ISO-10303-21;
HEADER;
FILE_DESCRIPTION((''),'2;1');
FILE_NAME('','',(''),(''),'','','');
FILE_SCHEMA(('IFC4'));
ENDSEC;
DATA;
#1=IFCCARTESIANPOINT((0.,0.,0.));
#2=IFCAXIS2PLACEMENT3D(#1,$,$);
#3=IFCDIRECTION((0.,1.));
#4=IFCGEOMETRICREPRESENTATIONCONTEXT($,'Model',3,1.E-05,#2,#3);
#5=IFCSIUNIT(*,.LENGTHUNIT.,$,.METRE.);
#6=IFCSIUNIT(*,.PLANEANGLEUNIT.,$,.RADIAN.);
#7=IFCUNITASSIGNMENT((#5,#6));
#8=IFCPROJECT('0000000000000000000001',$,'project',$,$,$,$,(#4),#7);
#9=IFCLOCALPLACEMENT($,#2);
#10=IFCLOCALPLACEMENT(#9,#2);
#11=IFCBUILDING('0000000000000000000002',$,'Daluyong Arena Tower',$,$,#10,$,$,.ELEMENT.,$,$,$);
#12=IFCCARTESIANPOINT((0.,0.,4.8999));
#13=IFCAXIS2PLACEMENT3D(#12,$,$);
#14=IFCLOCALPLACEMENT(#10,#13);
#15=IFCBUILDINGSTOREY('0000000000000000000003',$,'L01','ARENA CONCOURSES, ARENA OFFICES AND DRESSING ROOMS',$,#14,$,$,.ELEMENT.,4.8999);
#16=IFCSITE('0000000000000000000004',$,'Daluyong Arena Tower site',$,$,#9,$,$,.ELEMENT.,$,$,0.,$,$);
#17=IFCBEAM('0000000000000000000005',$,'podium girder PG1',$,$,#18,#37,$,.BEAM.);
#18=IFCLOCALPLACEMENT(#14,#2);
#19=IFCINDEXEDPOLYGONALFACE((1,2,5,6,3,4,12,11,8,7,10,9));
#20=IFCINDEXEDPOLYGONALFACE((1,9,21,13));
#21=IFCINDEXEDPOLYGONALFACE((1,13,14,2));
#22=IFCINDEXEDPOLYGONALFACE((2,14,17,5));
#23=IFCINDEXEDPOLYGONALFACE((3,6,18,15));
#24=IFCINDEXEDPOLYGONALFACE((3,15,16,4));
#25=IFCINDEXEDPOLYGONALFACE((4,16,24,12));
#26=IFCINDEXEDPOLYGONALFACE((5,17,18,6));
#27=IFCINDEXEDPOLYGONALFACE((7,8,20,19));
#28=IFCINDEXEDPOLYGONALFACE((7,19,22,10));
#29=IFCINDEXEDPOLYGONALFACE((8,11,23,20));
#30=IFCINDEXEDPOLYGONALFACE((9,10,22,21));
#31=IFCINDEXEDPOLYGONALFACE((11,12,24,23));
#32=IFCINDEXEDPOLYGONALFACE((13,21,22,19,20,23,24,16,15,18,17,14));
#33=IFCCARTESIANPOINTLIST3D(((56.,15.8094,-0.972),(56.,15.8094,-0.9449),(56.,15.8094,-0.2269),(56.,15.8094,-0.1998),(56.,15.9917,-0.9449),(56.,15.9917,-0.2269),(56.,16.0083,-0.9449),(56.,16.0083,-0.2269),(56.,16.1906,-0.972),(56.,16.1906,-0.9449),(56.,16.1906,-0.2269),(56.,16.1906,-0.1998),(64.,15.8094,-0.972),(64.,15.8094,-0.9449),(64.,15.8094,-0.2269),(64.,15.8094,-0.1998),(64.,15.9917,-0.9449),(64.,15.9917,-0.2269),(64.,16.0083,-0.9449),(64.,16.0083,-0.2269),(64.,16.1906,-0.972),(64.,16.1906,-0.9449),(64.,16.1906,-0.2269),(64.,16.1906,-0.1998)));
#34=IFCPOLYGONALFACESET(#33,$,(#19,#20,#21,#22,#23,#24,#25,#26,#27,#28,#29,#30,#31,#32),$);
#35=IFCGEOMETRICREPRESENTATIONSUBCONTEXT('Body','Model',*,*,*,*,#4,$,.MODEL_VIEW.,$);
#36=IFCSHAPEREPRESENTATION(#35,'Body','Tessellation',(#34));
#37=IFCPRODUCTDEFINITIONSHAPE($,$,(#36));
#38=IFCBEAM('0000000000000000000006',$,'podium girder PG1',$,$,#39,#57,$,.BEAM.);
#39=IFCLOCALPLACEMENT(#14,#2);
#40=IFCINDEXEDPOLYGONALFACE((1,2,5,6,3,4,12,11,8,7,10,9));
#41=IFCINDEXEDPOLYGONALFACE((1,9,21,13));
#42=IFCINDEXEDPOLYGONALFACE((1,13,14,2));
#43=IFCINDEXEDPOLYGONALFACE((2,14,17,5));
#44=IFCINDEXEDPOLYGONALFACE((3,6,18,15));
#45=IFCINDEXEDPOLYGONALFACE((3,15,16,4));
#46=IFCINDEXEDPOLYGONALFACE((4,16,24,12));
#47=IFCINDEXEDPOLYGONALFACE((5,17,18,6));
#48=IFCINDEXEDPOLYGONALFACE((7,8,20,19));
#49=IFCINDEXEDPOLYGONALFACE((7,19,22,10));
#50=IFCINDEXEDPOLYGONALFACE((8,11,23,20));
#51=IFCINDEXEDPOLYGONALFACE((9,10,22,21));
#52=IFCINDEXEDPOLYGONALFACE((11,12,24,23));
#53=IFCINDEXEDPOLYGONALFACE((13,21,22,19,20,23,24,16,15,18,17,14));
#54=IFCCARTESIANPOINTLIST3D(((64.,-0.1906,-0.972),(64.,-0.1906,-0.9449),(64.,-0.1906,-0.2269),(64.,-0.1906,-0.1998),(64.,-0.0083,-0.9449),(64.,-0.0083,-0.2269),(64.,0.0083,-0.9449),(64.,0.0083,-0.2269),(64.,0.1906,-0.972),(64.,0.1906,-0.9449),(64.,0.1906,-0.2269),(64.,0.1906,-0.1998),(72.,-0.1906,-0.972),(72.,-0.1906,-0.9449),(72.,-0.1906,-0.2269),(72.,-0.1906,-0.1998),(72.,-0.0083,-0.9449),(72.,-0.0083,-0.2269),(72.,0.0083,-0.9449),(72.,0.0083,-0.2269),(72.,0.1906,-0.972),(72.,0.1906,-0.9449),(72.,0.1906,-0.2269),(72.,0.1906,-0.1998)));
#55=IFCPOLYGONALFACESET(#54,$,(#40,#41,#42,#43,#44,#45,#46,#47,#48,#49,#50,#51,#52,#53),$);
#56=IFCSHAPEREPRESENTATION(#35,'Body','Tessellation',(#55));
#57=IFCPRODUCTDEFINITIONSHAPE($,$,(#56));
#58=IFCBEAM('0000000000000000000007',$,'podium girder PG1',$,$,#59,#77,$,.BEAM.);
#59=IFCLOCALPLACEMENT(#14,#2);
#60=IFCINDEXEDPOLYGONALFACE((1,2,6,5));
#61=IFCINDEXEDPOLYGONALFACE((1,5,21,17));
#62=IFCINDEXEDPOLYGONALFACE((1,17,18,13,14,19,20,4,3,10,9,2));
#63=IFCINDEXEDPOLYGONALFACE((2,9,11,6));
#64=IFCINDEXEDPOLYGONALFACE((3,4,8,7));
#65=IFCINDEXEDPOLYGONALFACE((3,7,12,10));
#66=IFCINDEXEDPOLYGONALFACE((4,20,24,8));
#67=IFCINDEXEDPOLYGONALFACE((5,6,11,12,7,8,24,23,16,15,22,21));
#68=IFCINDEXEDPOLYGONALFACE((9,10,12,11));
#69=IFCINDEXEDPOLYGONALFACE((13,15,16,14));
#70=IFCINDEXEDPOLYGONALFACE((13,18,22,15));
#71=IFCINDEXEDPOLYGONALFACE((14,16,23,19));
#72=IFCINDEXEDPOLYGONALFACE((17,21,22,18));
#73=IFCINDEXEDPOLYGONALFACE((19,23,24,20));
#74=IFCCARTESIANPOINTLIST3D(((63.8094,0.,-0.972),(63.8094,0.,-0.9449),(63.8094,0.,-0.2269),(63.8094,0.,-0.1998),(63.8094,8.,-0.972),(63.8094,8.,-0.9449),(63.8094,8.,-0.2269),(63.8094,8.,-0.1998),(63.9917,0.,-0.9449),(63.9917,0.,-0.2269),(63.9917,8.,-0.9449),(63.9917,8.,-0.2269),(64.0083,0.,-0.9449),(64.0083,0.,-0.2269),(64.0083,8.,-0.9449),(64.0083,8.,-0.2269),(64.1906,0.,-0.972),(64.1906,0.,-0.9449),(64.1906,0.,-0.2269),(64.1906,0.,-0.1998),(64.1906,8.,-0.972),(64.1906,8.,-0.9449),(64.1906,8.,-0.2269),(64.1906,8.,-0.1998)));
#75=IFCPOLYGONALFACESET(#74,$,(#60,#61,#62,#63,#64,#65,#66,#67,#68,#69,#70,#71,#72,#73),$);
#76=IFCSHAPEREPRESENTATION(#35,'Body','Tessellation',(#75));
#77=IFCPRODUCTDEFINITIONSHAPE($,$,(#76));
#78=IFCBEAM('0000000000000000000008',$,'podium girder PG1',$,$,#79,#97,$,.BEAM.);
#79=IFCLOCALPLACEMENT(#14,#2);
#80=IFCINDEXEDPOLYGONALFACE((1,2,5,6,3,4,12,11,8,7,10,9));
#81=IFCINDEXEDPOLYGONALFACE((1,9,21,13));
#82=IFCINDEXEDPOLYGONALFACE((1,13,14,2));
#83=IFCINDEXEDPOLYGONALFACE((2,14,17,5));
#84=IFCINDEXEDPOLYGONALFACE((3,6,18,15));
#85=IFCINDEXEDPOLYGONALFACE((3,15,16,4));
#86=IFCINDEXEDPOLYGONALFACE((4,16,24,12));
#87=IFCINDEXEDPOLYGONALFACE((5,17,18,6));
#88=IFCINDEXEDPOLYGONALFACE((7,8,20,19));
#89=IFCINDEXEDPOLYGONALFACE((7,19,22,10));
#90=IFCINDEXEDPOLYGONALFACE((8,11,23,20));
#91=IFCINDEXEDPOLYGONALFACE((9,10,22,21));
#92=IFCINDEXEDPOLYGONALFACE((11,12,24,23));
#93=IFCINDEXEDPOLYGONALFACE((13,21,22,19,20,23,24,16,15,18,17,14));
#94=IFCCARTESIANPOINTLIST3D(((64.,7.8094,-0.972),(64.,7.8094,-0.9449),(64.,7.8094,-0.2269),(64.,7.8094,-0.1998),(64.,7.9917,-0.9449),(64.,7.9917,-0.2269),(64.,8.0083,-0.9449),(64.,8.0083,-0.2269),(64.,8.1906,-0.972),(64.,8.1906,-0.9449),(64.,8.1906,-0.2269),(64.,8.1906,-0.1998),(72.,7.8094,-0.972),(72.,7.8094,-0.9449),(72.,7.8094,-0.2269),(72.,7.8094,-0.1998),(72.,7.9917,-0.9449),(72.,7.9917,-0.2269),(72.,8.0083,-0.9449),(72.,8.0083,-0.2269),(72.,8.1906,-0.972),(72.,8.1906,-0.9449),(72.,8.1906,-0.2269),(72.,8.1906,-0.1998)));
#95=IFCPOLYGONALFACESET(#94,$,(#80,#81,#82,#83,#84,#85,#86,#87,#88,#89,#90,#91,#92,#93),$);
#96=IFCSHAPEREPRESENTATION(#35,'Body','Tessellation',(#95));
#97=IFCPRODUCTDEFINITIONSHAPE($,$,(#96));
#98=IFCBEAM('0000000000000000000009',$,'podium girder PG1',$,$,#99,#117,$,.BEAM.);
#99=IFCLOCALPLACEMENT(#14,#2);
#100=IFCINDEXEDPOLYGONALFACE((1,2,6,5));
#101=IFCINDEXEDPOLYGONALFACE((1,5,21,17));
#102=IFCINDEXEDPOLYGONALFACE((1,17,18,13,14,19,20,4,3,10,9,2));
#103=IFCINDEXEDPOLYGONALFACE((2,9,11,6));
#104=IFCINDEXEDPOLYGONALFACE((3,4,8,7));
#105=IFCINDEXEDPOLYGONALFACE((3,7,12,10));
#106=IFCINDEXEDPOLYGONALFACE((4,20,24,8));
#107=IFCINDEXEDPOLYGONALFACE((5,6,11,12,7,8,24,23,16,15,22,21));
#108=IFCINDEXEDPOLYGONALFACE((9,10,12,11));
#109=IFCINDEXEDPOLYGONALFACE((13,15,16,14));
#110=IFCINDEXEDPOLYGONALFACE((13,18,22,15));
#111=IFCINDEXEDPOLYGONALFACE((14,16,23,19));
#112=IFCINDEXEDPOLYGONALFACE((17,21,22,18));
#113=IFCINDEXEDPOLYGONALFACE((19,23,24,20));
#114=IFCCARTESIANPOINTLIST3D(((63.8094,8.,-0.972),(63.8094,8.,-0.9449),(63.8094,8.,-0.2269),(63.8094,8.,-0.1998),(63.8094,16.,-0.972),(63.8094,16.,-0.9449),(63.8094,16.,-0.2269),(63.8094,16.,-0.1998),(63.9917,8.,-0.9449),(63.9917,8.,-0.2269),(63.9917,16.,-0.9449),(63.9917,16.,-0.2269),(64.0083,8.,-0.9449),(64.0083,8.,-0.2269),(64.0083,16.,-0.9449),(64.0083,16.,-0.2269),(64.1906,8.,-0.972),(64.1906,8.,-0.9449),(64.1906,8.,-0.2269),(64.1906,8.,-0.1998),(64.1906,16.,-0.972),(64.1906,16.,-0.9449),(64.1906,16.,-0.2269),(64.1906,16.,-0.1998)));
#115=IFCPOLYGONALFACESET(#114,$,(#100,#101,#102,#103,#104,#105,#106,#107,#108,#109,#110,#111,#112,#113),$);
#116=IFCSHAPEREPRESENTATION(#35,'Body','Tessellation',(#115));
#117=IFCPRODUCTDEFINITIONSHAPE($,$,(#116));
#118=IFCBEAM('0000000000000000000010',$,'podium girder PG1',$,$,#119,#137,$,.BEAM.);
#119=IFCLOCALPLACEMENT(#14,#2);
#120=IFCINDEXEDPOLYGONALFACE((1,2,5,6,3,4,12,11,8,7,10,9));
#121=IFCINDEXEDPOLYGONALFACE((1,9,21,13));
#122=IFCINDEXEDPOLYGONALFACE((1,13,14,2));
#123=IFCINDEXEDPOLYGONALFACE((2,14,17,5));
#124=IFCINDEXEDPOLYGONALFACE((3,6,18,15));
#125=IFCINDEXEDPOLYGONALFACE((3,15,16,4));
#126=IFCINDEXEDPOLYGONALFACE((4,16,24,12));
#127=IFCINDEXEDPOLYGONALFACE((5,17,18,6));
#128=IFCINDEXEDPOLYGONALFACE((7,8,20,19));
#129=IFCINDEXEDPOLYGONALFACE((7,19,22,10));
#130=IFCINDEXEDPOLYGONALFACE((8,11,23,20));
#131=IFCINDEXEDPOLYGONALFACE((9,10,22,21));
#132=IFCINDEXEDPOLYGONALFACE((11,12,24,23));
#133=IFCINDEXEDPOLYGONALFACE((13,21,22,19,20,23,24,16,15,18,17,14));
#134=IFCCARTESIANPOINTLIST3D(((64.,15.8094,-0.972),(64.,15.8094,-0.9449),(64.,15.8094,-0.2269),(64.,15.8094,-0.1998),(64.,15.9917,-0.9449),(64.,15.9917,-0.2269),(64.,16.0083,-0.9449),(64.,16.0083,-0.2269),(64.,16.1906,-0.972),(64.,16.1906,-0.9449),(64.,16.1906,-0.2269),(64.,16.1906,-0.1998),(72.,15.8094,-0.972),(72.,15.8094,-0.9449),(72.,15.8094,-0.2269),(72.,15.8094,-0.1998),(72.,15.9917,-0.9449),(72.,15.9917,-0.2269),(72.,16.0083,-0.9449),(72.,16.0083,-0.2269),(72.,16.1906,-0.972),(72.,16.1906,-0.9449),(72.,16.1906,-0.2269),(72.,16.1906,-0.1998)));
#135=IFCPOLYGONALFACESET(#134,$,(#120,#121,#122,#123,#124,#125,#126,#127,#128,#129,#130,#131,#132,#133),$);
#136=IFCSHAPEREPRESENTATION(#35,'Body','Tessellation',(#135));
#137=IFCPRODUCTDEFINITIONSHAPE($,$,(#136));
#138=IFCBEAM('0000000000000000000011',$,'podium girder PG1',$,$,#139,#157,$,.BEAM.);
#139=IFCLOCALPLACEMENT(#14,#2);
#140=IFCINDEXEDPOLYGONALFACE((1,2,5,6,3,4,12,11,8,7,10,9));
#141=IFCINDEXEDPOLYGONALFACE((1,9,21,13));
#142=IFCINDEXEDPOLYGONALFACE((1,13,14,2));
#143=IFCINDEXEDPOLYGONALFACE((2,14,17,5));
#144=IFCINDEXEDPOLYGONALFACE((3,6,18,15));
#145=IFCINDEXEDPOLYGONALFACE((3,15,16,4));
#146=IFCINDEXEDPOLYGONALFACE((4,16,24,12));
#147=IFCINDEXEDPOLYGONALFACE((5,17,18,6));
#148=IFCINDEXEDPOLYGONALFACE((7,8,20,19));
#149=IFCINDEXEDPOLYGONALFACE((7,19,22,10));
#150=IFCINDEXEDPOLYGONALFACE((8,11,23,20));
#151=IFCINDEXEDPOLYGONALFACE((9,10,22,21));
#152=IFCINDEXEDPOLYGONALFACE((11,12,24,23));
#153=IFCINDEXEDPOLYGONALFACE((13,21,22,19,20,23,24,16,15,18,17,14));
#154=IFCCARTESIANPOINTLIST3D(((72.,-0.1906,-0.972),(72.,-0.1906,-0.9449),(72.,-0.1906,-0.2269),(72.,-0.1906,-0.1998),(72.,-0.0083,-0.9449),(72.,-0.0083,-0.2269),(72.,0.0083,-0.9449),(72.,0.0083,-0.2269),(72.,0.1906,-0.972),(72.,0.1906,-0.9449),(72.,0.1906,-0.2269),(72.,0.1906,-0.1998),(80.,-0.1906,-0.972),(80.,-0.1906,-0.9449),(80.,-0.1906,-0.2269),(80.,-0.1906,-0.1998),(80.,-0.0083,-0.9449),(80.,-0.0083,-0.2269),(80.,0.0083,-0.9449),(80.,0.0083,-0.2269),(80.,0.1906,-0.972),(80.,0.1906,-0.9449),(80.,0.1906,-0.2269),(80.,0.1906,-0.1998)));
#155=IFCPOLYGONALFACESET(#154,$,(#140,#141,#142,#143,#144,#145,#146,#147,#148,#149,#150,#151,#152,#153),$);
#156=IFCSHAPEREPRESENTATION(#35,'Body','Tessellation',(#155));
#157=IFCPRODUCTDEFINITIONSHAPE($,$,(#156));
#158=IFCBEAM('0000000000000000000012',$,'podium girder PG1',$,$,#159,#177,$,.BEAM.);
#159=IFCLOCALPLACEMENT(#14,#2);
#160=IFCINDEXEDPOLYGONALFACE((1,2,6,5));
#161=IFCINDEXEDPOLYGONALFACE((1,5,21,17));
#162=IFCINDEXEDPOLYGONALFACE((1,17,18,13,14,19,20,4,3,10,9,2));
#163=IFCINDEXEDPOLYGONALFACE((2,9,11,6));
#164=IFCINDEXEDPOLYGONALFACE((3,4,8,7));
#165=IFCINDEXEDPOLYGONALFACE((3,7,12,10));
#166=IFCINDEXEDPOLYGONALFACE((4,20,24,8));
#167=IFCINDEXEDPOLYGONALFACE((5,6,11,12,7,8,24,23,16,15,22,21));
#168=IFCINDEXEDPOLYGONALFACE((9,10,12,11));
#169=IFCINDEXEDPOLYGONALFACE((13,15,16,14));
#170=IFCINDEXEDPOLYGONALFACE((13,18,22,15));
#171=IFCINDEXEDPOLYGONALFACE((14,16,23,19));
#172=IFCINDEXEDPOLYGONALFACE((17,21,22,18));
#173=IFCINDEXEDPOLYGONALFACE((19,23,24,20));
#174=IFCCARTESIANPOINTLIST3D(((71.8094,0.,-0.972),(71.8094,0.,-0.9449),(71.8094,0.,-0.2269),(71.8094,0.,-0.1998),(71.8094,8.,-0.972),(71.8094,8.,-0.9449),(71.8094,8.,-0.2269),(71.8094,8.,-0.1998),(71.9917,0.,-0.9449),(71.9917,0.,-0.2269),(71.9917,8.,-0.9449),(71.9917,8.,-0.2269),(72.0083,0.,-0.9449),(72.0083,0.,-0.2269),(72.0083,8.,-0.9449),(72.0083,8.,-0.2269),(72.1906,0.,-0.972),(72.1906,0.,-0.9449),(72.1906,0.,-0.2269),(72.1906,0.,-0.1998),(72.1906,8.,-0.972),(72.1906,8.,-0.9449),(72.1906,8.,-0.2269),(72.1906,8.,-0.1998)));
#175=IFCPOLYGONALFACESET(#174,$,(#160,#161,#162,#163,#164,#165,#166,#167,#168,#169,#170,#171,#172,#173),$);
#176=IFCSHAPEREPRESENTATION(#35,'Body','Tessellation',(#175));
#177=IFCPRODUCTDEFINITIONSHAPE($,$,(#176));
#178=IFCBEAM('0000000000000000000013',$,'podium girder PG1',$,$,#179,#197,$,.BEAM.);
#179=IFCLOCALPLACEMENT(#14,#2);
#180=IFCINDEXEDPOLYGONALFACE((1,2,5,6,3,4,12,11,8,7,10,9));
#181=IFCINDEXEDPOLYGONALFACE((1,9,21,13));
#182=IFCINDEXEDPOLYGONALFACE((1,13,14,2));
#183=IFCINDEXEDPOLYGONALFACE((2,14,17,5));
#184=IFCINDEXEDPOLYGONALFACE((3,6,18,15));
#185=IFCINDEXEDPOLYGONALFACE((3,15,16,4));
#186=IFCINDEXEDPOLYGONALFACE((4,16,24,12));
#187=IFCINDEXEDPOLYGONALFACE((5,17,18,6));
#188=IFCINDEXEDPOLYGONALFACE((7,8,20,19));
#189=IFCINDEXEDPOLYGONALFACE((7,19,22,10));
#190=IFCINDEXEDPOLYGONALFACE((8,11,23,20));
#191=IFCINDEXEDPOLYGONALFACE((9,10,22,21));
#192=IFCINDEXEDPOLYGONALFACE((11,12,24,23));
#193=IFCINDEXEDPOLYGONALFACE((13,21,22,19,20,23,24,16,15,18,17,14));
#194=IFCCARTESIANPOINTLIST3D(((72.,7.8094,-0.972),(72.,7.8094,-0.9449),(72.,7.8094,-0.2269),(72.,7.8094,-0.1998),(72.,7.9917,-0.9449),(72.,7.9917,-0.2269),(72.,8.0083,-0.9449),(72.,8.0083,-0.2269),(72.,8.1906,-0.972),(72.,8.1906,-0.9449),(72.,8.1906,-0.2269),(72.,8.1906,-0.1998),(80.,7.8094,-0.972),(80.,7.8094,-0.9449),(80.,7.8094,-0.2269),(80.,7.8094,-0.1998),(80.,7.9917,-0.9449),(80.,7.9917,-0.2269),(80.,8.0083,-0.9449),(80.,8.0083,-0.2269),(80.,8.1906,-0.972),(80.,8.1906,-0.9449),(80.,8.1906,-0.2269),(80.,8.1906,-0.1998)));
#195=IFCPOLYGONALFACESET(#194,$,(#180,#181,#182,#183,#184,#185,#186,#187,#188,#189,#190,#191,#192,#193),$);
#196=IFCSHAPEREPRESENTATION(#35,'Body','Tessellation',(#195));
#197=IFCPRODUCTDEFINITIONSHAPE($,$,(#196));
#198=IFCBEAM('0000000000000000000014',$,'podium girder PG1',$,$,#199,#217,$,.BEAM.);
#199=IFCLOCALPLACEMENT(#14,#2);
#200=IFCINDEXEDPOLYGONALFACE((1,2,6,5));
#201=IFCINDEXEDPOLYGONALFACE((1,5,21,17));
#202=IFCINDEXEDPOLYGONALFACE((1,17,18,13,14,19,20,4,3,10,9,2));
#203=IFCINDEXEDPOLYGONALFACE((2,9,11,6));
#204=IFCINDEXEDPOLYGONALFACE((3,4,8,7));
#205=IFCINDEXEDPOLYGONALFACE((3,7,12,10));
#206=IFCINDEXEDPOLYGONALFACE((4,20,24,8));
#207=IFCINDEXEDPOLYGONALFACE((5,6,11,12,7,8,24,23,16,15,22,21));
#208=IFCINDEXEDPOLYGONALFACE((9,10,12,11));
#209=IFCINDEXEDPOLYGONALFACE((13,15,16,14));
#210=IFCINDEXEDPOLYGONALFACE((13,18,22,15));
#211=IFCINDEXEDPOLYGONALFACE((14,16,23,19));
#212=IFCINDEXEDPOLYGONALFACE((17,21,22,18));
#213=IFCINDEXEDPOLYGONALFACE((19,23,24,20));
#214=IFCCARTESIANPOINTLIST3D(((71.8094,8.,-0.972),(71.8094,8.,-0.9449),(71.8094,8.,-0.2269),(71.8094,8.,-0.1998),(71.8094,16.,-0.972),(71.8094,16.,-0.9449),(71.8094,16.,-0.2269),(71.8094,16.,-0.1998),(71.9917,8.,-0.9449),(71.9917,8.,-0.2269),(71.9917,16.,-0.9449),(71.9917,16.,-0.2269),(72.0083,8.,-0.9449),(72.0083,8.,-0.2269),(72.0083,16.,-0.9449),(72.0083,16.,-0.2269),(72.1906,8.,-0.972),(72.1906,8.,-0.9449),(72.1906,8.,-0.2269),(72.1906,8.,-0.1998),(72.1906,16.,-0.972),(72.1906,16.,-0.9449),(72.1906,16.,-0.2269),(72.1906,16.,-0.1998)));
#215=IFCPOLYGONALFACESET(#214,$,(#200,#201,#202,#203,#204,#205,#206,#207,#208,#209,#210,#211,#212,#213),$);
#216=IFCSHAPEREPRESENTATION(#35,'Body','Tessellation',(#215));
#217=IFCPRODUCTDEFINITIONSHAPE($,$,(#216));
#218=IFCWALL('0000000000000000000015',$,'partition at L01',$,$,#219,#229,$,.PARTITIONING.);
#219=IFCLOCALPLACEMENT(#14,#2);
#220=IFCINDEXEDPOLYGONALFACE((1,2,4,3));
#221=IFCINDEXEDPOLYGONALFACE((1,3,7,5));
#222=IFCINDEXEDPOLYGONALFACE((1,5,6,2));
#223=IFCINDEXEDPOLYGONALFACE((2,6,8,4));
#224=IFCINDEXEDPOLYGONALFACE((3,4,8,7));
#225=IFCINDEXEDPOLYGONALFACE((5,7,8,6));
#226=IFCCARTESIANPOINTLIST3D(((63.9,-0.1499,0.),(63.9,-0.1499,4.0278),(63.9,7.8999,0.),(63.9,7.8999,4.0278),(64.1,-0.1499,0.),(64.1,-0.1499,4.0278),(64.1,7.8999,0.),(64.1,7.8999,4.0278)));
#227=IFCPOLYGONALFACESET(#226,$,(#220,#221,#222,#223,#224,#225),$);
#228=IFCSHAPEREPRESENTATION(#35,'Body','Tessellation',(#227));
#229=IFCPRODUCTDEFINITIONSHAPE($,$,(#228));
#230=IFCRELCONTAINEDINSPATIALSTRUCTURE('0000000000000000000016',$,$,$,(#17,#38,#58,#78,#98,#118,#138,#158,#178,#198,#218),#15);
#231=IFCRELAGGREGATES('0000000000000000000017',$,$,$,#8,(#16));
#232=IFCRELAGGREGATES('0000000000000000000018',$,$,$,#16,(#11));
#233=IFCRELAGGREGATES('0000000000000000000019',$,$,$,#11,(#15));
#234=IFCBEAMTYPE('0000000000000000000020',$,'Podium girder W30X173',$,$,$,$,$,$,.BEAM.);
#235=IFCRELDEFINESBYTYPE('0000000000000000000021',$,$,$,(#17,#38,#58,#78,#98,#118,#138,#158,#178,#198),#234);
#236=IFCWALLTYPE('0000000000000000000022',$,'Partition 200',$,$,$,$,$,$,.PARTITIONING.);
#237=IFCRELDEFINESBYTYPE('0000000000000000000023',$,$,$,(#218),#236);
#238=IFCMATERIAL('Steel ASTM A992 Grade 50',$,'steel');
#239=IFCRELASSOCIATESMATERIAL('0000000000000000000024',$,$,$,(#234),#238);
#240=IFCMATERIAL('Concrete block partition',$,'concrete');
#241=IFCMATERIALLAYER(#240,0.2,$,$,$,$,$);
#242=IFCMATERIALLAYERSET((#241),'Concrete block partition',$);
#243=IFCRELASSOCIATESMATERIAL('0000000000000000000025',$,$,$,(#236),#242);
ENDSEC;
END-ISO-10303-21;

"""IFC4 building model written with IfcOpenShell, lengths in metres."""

from ifc_helpers import new_model, si_unit, direction, frame, frame_2d, origin, origin_2d, place, context, subcontext, project, spatial, rectangle, i_section, extrude, material, layer, layer_set, material_profile, profile_set, type_object, element, save


model = new_model("IFC4")

# Units and contexts
model_context = context("Model", 3, precision=1e-05, world=origin(), true_north=direction((0.0, 1.0)))
body_context = subcontext(model_context, "Body", "Model", "MODEL_VIEW")
ifc_project = project(units=[si_unit("LENGTHUNIT", "METRE"), si_unit("PLANEANGLEUNIT", "RADIAN")], contexts=[model_context])

# Site, building, storey
site_placement = place(None, origin())
site = spatial("IfcSite", under=ifc_project, at=site_placement, Name="Daluyong Arena Tower site", CompositionType="ELEMENT", RefElevation=0.0)
building_placement = place(site_placement, origin())
building = spatial("IfcBuilding", under=site, at=building_placement, Name="Daluyong Arena Tower", CompositionType="ELEMENT")
storey_placement = place(building_placement, frame((0.0, 0.0, 4.8999)))
storey = spatial("IfcBuildingStorey", under=building, at=storey_placement, Name="L01", Description="ARENA CONCOURSES, ARENA OFFICES AND DRESSING ROOMS", CompositionType="ELEMENT", Elevation=4.8999)

# Beams
ifc_material_1 = material(Name="Steel ASTM A992 Grade 50", Category="steel")
ifc_material_profile_1 = material_profile(ifc_material_1, i_section(OverallWidth=0.3811, OverallDepth=0.7722, WebThickness=0.0166, FlangeThickness=0.0271, at=origin_2d()))
ifc_profile_set_1 = profile_set([ifc_material_profile_1], Name="Steel ASTM A992 Grade 50")
beam_type_1 = type_object("IfcBeamType", Name="Podium girder W30X173", PredefinedType="BEAM", material=ifc_profile_set_1)
for number, where, z_axis, x_axis, name in (
    (1, (56.0, 16.0, -0.5859), (1.0, 0.0, 0.0), (0.0, 1.0, 0.0), "podium girder PG1"),
    (2, (64.0, 0.0, -0.5859), (1.0, 0.0, 0.0), (0.0, 1.0, 0.0), "podium girder PG1"),
    (3, (64.0, 0.0, -0.5859), (0.0, 1.0, 0.0), (-1.0, 0.0, 0.0), "podium girder PG1"),
    (4, (64.0, 8.0, -0.5859), (1.0, 0.0, 0.0), (0.0, 1.0, 0.0), "podium girder PG1"),
    (5, (64.0, 8.0, -0.5859), (0.0, 1.0, 0.0), (-1.0, 0.0, 0.0), "podium girder PG1"),
    (6, (64.0, 16.0, -0.5859), (1.0, 0.0, 0.0), (0.0, 1.0, 0.0), "podium girder PG1"),
    (7, (72.0, 0.0, -0.5859), (1.0, 0.0, 0.0), (0.0, 1.0, 0.0), "podium girder PG1"),
    (8, (72.0, 0.0, -0.5859), (0.0, 1.0, 0.0), (-1.0, 0.0, 0.0), "podium girder PG1"),
    (9, (72.0, 8.0, -0.5859), (1.0, 0.0, 0.0), (0.0, 1.0, 0.0), "podium girder PG1"),
    (10, (72.0, 8.0, -0.5859), (0.0, 1.0, 0.0), (-1.0, 0.0, 0.0), "podium girder PG1"),
):
    element("IfcBeam", number, at=place(storey_placement, frame(where, z_axis=z_axis, x_axis=x_axis)), inside=storey, type_object=beam_type_1, Name=name, PredefinedType="BEAM", context=body_context, shape_type="SweptSolid", body=[
        extrude(i_section(OverallWidth=0.3811, OverallDepth=0.7722, WebThickness=0.0166, FlangeThickness=0.0271, at=origin_2d()), origin(), (0.0, 0.0, 1.0), 8.0),
    ])

# Wall
ifc_material_2 = material(Name="Concrete block partition", Category="concrete")
ifc_layer_1 = layer(ifc_material_2, 0.2)
ifc_layer_set_1 = layer_set([ifc_layer_1], Name="Concrete block partition")
wall_type = type_object("IfcWallType", Name="Partition 200", PredefinedType="PARTITIONING", material=ifc_layer_set_1)
wall_placement = place(storey_placement, frame((64.0, -0.1499, 0.0), z_axis=(0.0, 0.0, 1.0), x_axis=(0.0, 1.0, 0.0)))
element("IfcWall", 11, at=wall_placement, inside=storey, type_object=wall_type, Name="partition at L01", PredefinedType="PARTITIONING", context=body_context, shape_type="SweptSolid", body=[
    extrude(rectangle(XDim=8.0498, YDim=0.2, at=frame_2d((4.0249, 0.0))), origin(), (0.0, 0.0, 1.0), 4.0278),
])

save(model, "model.ifc")
